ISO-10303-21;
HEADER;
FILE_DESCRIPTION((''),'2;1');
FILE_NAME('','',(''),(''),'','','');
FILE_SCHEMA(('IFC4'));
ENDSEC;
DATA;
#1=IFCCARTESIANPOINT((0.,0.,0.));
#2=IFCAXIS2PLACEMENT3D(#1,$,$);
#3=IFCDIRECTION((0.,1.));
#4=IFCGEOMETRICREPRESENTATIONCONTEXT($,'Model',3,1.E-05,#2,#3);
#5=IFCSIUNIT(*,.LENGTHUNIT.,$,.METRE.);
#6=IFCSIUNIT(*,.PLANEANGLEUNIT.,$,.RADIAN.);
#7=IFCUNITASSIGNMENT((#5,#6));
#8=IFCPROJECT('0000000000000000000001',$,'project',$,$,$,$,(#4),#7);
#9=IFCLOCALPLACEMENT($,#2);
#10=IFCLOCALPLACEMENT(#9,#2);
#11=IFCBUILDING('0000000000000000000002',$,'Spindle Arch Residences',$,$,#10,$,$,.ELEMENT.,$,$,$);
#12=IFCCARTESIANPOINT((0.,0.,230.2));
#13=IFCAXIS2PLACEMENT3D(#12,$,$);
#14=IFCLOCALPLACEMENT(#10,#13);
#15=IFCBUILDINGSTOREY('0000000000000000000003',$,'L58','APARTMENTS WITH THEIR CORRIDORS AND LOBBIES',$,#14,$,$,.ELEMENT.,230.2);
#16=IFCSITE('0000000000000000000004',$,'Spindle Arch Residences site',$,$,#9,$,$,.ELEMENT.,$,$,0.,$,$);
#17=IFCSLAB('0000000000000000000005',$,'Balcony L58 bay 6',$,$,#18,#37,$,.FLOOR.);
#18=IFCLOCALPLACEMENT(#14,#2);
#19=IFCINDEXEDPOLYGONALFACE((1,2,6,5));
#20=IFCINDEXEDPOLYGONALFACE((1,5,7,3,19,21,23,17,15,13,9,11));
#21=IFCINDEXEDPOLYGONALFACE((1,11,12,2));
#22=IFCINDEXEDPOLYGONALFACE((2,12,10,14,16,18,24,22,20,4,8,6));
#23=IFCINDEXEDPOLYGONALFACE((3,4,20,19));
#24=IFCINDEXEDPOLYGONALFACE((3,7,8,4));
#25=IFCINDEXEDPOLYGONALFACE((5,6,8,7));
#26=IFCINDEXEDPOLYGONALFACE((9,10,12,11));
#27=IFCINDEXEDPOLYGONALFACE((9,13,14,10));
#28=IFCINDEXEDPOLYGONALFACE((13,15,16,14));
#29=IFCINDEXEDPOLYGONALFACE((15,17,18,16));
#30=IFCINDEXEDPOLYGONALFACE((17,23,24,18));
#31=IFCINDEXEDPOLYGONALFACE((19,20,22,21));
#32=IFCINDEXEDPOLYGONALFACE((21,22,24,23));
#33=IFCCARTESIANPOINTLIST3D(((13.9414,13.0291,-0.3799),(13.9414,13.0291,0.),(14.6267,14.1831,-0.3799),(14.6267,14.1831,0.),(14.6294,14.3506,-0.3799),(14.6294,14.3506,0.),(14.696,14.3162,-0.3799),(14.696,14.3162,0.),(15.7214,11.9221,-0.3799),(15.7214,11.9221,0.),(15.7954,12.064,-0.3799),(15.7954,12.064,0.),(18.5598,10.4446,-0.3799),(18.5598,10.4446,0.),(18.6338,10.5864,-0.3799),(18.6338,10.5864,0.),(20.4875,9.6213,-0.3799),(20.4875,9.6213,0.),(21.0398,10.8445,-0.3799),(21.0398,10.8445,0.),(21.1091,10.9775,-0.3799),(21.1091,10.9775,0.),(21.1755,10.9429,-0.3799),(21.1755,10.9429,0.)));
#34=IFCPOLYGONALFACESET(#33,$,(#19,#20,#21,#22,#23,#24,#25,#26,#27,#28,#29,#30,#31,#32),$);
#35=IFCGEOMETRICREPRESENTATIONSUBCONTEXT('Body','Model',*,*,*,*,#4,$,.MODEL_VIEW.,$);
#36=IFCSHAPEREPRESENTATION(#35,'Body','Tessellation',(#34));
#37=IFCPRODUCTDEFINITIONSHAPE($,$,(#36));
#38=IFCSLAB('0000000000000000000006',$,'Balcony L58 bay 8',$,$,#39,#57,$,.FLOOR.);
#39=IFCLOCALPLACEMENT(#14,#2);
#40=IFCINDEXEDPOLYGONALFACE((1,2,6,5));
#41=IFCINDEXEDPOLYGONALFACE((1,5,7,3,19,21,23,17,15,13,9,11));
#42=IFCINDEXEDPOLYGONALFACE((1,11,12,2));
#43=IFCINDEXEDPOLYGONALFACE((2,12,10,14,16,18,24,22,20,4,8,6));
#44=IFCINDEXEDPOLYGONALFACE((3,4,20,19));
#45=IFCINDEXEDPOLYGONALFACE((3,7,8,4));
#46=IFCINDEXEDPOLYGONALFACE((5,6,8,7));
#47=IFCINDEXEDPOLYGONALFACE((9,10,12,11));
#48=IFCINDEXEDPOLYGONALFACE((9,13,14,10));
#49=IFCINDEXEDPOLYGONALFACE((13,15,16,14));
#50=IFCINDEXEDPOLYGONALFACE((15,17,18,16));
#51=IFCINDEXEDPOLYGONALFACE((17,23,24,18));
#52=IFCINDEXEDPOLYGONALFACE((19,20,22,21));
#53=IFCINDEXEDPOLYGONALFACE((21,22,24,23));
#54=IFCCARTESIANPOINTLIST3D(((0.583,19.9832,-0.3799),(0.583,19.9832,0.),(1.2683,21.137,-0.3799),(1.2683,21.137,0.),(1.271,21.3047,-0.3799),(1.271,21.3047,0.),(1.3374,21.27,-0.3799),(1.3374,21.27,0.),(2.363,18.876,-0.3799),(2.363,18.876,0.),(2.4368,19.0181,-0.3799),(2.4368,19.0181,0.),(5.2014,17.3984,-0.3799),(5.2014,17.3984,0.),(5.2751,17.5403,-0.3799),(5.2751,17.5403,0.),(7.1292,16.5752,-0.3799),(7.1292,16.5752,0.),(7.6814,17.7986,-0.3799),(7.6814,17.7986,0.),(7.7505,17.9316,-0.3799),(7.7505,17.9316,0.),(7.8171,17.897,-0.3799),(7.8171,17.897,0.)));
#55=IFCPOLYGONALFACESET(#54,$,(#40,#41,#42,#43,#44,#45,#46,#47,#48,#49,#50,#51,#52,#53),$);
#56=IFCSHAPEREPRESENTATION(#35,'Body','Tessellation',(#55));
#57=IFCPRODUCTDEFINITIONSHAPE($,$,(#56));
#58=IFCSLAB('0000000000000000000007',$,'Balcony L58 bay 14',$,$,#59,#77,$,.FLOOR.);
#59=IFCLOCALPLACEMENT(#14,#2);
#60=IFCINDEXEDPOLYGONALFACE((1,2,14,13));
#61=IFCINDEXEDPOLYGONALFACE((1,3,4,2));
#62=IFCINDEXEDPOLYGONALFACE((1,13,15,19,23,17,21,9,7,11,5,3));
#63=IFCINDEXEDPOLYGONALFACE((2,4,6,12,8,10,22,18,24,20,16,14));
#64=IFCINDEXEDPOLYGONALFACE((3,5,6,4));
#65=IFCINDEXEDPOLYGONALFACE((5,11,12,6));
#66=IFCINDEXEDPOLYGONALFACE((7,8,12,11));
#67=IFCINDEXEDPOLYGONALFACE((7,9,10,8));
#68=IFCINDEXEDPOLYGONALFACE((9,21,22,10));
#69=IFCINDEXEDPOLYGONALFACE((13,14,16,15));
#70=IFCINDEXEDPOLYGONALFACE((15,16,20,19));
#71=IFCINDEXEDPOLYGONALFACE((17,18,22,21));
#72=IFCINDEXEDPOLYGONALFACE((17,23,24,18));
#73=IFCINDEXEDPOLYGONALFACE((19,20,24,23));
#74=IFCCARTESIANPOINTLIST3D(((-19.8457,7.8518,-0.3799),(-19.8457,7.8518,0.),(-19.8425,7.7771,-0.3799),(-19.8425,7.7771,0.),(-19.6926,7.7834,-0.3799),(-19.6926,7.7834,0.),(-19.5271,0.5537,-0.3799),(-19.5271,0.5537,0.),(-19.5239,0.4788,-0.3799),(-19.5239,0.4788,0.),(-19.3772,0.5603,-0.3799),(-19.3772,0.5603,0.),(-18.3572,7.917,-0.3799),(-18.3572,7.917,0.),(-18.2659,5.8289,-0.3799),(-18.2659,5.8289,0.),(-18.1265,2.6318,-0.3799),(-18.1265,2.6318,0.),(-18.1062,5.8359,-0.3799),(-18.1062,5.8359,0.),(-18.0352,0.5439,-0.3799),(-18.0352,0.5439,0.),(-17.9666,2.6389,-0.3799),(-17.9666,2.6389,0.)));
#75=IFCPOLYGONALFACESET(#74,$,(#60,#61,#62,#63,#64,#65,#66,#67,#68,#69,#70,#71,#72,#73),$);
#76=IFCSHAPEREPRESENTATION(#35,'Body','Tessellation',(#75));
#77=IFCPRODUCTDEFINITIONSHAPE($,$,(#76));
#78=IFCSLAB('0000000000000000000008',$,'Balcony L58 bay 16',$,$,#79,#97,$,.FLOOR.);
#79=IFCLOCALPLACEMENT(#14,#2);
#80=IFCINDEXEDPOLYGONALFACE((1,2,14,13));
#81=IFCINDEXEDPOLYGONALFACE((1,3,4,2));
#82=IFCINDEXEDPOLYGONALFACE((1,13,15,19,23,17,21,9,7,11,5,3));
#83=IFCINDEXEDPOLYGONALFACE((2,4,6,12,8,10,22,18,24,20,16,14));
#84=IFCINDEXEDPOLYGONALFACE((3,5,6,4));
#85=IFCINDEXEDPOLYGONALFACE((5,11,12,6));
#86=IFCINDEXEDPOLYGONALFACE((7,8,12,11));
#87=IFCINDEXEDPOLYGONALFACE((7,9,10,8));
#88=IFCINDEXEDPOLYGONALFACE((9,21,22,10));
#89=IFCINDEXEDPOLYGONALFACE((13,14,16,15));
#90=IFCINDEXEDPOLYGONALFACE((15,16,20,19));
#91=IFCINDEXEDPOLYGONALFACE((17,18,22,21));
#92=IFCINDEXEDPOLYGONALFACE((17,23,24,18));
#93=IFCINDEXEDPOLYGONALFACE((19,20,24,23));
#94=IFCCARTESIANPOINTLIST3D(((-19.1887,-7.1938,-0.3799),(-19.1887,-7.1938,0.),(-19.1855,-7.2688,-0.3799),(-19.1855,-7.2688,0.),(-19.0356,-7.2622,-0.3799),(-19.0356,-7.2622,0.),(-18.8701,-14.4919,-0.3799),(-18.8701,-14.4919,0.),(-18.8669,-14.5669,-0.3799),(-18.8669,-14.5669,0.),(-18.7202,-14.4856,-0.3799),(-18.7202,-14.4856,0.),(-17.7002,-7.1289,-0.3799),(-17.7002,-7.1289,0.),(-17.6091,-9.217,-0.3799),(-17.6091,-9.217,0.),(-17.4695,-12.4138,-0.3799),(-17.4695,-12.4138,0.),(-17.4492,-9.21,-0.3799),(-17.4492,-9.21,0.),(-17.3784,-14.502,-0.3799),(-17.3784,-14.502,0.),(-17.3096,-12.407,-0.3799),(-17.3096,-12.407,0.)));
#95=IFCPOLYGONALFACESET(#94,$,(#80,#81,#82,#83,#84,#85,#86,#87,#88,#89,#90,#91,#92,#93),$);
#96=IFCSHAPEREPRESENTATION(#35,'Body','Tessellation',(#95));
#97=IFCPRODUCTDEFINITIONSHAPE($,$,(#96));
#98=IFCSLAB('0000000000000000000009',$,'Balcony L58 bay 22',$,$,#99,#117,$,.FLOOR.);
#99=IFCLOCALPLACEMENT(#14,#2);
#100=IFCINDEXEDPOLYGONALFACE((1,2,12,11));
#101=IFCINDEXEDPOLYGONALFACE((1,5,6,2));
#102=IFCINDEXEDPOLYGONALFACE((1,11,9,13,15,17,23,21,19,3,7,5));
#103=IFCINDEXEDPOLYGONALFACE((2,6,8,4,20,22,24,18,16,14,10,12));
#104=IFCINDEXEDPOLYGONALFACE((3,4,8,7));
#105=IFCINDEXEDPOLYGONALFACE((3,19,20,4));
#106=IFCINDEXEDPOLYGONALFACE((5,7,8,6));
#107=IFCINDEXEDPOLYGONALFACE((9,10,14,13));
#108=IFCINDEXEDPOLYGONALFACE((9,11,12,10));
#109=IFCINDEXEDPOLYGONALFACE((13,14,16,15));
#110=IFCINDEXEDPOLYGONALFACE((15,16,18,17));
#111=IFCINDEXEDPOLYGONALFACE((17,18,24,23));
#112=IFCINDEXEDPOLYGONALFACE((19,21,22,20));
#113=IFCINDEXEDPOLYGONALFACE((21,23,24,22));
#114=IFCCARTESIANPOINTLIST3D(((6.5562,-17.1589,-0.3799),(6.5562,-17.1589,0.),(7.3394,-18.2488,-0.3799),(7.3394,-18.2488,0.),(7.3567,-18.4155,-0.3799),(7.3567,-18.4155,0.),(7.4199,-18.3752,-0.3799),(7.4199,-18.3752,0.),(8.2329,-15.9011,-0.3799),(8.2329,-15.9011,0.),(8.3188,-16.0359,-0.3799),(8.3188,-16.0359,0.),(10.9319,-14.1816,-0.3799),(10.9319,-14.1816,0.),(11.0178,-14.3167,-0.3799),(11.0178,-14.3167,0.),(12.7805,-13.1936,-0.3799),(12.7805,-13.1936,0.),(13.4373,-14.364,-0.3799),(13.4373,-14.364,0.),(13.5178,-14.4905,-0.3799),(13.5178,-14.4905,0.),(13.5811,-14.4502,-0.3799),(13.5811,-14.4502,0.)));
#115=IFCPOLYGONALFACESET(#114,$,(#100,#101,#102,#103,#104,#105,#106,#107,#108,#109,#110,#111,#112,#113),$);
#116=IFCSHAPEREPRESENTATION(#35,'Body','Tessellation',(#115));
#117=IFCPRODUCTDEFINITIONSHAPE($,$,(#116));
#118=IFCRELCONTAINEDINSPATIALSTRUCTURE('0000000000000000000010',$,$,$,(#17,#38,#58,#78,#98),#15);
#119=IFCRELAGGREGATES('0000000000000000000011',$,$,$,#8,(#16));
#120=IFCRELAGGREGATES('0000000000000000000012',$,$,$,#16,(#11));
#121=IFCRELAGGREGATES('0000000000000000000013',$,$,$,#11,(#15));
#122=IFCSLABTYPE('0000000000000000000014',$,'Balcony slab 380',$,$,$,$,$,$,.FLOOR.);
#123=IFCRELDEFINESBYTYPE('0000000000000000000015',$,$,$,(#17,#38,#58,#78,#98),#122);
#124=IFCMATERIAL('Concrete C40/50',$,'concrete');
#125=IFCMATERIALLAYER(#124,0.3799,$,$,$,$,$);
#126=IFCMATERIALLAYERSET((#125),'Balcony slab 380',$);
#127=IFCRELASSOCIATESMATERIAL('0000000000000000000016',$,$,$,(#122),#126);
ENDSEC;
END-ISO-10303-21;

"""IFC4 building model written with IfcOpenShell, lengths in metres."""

from ifc_helpers import new_model, si_unit, direction, frame, origin, place, context, subcontext, project, spatial, polyline, outline, extrude, material, layer, layer_set, type_object, element, save


model = new_model("IFC4")

# Units and contexts
model_context = context("Model", 3, precision=1e-05, world=origin(), true_north=direction((0.0, 1.0)))
body_context = subcontext(model_context, "Body", "Model", "MODEL_VIEW")
ifc_project = project(units=[si_unit("LENGTHUNIT", "METRE"), si_unit("PLANEANGLEUNIT", "RADIAN")], contexts=[model_context])

# Site, building, storey
site_placement = place(None, origin())
site = spatial("IfcSite", under=ifc_project, at=site_placement, Name="Spindle Arch Residences site", CompositionType="ELEMENT", RefElevation=0.0)
building_placement = place(site_placement, origin())
building = spatial("IfcBuilding", under=site, at=building_placement, Name="Spindle Arch Residences", CompositionType="ELEMENT")
storey_placement = place(building_placement, frame((0.0, 0.0, 230.2)))
storey = spatial("IfcBuildingStorey", under=building, at=storey_placement, Name="L58", Description="APARTMENTS WITH THEIR CORRIDORS AND LOBBIES", CompositionType="ELEMENT", Elevation=230.2)

# Slabs
ifc_material_1 = material(Name="Concrete C40/50", Category="concrete")
ifc_layer_1 = layer(ifc_material_1, 0.3799)
ifc_layer_set_1 = layer_set([ifc_layer_1], Name="Balcony slab 380")
slab_type_1 = type_object("IfcSlabType", Name="Balcony slab 380", PredefinedType="FLOOR", material=ifc_layer_set_1)
slab_1_placement = place(storey_placement, frame((0.0, 0.0, -0.3799)))
element("IfcSlab", 1, at=slab_1_placement, inside=storey, type_object=slab_type_1, Name="Balcony L58 bay 6", PredefinedType="FLOOR", context=body_context, shape_type="SweptSolid", body=[
    extrude(outline(polyline([(21.1755, 10.9429), (21.1091, 10.9775), (21.0398, 10.8445), (14.6267, 14.1831), (14.696, 14.3162), (14.6294, 14.3506), (13.9414, 13.0291), (15.7954, 12.064), (15.7214, 11.9221), (18.5598, 10.4446), (18.6338, 10.5864), (20.4875, 9.6213), (21.1755, 10.9429)])), origin(), (0.0, 0.0, 1.0), 0.3799),
])
slab_2_placement = place(storey_placement, frame((0.0, 0.0, -0.3799)))
element("IfcSlab", 2, at=slab_2_placement, inside=storey, type_object=slab_type_1, Name="Balcony L58 bay 8", PredefinedType="FLOOR", context=body_context, shape_type="SweptSolid", body=[
    extrude(outline(polyline([(7.8171, 17.897), (7.7505, 17.9316), (7.6814, 17.7986), (1.2683, 21.137), (1.3374, 21.27), (1.271, 21.3047), (0.583, 19.9832), (2.4368, 19.0181), (2.363, 18.876), (5.2014, 17.3984), (5.2751, 17.5403), (7.1292, 16.5752), (7.8171, 17.897)])), origin(), (0.0, 0.0, 1.0), 0.3799),
])
slab_3_placement = place(storey_placement, frame((0.0, 0.0, -0.3799)))
element("IfcSlab", 3, at=slab_3_placement, inside=storey, type_object=slab_type_1, Name="Balcony L58 bay 14", PredefinedType="FLOOR", context=body_context, shape_type="SweptSolid", body=[
    extrude(outline(polyline([(-19.8457, 7.8518), (-19.8425, 7.7771), (-19.6926, 7.7834), (-19.3772, 0.5603), (-19.5271, 0.5537), (-19.5239, 0.4788), (-18.0352, 0.5439), (-18.1265, 2.6318), (-17.9666, 2.6389), (-18.1062, 5.8359), (-18.2659, 5.8289), (-18.3572, 7.917), (-19.8457, 7.8518)])), origin(), (0.0, 0.0, 1.0), 0.3799),
])
slab_4_placement = place(storey_placement, frame((0.0, 0.0, -0.3799)))
element("IfcSlab", 4, at=slab_4_placement, inside=storey, type_object=slab_type_1, Name="Balcony L58 bay 16", PredefinedType="FLOOR", context=body_context, shape_type="SweptSolid", body=[
    extrude(outline(polyline([(-19.1887, -7.1938), (-19.1855, -7.2688), (-19.0356, -7.2622), (-18.7202, -14.4856), (-18.8701, -14.4919), (-18.8669, -14.5669), (-17.3784, -14.502), (-17.4695, -12.4138), (-17.3096, -12.407), (-17.4492, -9.21), (-17.6091, -9.217), (-17.7002, -7.1289), (-19.1887, -7.1938)])), origin(), (0.0, 0.0, 1.0), 0.3799),
])
slab_5_placement = place(storey_placement, frame((0.0, 0.0, -0.3799)))
element("IfcSlab", 5, at=slab_5_placement, inside=storey, type_object=slab_type_1, Name="Balcony L58 bay 22", PredefinedType="FLOOR", context=body_context, shape_type="SweptSolid", body=[
    extrude(outline(polyline([(7.3567, -18.4155), (7.4199, -18.3752), (7.3394, -18.2488), (13.4373, -14.364), (13.5178, -14.4905), (13.5811, -14.4502), (12.7805, -13.1936), (11.0178, -14.3167), (10.9319, -14.1816), (8.2329, -15.9011), (8.3188, -16.0359), (6.5562, -17.1589), (7.3567, -18.4155)])), origin(), (0.0, 0.0, 1.0), 0.3799),
])

save(model, "model.ifc")
